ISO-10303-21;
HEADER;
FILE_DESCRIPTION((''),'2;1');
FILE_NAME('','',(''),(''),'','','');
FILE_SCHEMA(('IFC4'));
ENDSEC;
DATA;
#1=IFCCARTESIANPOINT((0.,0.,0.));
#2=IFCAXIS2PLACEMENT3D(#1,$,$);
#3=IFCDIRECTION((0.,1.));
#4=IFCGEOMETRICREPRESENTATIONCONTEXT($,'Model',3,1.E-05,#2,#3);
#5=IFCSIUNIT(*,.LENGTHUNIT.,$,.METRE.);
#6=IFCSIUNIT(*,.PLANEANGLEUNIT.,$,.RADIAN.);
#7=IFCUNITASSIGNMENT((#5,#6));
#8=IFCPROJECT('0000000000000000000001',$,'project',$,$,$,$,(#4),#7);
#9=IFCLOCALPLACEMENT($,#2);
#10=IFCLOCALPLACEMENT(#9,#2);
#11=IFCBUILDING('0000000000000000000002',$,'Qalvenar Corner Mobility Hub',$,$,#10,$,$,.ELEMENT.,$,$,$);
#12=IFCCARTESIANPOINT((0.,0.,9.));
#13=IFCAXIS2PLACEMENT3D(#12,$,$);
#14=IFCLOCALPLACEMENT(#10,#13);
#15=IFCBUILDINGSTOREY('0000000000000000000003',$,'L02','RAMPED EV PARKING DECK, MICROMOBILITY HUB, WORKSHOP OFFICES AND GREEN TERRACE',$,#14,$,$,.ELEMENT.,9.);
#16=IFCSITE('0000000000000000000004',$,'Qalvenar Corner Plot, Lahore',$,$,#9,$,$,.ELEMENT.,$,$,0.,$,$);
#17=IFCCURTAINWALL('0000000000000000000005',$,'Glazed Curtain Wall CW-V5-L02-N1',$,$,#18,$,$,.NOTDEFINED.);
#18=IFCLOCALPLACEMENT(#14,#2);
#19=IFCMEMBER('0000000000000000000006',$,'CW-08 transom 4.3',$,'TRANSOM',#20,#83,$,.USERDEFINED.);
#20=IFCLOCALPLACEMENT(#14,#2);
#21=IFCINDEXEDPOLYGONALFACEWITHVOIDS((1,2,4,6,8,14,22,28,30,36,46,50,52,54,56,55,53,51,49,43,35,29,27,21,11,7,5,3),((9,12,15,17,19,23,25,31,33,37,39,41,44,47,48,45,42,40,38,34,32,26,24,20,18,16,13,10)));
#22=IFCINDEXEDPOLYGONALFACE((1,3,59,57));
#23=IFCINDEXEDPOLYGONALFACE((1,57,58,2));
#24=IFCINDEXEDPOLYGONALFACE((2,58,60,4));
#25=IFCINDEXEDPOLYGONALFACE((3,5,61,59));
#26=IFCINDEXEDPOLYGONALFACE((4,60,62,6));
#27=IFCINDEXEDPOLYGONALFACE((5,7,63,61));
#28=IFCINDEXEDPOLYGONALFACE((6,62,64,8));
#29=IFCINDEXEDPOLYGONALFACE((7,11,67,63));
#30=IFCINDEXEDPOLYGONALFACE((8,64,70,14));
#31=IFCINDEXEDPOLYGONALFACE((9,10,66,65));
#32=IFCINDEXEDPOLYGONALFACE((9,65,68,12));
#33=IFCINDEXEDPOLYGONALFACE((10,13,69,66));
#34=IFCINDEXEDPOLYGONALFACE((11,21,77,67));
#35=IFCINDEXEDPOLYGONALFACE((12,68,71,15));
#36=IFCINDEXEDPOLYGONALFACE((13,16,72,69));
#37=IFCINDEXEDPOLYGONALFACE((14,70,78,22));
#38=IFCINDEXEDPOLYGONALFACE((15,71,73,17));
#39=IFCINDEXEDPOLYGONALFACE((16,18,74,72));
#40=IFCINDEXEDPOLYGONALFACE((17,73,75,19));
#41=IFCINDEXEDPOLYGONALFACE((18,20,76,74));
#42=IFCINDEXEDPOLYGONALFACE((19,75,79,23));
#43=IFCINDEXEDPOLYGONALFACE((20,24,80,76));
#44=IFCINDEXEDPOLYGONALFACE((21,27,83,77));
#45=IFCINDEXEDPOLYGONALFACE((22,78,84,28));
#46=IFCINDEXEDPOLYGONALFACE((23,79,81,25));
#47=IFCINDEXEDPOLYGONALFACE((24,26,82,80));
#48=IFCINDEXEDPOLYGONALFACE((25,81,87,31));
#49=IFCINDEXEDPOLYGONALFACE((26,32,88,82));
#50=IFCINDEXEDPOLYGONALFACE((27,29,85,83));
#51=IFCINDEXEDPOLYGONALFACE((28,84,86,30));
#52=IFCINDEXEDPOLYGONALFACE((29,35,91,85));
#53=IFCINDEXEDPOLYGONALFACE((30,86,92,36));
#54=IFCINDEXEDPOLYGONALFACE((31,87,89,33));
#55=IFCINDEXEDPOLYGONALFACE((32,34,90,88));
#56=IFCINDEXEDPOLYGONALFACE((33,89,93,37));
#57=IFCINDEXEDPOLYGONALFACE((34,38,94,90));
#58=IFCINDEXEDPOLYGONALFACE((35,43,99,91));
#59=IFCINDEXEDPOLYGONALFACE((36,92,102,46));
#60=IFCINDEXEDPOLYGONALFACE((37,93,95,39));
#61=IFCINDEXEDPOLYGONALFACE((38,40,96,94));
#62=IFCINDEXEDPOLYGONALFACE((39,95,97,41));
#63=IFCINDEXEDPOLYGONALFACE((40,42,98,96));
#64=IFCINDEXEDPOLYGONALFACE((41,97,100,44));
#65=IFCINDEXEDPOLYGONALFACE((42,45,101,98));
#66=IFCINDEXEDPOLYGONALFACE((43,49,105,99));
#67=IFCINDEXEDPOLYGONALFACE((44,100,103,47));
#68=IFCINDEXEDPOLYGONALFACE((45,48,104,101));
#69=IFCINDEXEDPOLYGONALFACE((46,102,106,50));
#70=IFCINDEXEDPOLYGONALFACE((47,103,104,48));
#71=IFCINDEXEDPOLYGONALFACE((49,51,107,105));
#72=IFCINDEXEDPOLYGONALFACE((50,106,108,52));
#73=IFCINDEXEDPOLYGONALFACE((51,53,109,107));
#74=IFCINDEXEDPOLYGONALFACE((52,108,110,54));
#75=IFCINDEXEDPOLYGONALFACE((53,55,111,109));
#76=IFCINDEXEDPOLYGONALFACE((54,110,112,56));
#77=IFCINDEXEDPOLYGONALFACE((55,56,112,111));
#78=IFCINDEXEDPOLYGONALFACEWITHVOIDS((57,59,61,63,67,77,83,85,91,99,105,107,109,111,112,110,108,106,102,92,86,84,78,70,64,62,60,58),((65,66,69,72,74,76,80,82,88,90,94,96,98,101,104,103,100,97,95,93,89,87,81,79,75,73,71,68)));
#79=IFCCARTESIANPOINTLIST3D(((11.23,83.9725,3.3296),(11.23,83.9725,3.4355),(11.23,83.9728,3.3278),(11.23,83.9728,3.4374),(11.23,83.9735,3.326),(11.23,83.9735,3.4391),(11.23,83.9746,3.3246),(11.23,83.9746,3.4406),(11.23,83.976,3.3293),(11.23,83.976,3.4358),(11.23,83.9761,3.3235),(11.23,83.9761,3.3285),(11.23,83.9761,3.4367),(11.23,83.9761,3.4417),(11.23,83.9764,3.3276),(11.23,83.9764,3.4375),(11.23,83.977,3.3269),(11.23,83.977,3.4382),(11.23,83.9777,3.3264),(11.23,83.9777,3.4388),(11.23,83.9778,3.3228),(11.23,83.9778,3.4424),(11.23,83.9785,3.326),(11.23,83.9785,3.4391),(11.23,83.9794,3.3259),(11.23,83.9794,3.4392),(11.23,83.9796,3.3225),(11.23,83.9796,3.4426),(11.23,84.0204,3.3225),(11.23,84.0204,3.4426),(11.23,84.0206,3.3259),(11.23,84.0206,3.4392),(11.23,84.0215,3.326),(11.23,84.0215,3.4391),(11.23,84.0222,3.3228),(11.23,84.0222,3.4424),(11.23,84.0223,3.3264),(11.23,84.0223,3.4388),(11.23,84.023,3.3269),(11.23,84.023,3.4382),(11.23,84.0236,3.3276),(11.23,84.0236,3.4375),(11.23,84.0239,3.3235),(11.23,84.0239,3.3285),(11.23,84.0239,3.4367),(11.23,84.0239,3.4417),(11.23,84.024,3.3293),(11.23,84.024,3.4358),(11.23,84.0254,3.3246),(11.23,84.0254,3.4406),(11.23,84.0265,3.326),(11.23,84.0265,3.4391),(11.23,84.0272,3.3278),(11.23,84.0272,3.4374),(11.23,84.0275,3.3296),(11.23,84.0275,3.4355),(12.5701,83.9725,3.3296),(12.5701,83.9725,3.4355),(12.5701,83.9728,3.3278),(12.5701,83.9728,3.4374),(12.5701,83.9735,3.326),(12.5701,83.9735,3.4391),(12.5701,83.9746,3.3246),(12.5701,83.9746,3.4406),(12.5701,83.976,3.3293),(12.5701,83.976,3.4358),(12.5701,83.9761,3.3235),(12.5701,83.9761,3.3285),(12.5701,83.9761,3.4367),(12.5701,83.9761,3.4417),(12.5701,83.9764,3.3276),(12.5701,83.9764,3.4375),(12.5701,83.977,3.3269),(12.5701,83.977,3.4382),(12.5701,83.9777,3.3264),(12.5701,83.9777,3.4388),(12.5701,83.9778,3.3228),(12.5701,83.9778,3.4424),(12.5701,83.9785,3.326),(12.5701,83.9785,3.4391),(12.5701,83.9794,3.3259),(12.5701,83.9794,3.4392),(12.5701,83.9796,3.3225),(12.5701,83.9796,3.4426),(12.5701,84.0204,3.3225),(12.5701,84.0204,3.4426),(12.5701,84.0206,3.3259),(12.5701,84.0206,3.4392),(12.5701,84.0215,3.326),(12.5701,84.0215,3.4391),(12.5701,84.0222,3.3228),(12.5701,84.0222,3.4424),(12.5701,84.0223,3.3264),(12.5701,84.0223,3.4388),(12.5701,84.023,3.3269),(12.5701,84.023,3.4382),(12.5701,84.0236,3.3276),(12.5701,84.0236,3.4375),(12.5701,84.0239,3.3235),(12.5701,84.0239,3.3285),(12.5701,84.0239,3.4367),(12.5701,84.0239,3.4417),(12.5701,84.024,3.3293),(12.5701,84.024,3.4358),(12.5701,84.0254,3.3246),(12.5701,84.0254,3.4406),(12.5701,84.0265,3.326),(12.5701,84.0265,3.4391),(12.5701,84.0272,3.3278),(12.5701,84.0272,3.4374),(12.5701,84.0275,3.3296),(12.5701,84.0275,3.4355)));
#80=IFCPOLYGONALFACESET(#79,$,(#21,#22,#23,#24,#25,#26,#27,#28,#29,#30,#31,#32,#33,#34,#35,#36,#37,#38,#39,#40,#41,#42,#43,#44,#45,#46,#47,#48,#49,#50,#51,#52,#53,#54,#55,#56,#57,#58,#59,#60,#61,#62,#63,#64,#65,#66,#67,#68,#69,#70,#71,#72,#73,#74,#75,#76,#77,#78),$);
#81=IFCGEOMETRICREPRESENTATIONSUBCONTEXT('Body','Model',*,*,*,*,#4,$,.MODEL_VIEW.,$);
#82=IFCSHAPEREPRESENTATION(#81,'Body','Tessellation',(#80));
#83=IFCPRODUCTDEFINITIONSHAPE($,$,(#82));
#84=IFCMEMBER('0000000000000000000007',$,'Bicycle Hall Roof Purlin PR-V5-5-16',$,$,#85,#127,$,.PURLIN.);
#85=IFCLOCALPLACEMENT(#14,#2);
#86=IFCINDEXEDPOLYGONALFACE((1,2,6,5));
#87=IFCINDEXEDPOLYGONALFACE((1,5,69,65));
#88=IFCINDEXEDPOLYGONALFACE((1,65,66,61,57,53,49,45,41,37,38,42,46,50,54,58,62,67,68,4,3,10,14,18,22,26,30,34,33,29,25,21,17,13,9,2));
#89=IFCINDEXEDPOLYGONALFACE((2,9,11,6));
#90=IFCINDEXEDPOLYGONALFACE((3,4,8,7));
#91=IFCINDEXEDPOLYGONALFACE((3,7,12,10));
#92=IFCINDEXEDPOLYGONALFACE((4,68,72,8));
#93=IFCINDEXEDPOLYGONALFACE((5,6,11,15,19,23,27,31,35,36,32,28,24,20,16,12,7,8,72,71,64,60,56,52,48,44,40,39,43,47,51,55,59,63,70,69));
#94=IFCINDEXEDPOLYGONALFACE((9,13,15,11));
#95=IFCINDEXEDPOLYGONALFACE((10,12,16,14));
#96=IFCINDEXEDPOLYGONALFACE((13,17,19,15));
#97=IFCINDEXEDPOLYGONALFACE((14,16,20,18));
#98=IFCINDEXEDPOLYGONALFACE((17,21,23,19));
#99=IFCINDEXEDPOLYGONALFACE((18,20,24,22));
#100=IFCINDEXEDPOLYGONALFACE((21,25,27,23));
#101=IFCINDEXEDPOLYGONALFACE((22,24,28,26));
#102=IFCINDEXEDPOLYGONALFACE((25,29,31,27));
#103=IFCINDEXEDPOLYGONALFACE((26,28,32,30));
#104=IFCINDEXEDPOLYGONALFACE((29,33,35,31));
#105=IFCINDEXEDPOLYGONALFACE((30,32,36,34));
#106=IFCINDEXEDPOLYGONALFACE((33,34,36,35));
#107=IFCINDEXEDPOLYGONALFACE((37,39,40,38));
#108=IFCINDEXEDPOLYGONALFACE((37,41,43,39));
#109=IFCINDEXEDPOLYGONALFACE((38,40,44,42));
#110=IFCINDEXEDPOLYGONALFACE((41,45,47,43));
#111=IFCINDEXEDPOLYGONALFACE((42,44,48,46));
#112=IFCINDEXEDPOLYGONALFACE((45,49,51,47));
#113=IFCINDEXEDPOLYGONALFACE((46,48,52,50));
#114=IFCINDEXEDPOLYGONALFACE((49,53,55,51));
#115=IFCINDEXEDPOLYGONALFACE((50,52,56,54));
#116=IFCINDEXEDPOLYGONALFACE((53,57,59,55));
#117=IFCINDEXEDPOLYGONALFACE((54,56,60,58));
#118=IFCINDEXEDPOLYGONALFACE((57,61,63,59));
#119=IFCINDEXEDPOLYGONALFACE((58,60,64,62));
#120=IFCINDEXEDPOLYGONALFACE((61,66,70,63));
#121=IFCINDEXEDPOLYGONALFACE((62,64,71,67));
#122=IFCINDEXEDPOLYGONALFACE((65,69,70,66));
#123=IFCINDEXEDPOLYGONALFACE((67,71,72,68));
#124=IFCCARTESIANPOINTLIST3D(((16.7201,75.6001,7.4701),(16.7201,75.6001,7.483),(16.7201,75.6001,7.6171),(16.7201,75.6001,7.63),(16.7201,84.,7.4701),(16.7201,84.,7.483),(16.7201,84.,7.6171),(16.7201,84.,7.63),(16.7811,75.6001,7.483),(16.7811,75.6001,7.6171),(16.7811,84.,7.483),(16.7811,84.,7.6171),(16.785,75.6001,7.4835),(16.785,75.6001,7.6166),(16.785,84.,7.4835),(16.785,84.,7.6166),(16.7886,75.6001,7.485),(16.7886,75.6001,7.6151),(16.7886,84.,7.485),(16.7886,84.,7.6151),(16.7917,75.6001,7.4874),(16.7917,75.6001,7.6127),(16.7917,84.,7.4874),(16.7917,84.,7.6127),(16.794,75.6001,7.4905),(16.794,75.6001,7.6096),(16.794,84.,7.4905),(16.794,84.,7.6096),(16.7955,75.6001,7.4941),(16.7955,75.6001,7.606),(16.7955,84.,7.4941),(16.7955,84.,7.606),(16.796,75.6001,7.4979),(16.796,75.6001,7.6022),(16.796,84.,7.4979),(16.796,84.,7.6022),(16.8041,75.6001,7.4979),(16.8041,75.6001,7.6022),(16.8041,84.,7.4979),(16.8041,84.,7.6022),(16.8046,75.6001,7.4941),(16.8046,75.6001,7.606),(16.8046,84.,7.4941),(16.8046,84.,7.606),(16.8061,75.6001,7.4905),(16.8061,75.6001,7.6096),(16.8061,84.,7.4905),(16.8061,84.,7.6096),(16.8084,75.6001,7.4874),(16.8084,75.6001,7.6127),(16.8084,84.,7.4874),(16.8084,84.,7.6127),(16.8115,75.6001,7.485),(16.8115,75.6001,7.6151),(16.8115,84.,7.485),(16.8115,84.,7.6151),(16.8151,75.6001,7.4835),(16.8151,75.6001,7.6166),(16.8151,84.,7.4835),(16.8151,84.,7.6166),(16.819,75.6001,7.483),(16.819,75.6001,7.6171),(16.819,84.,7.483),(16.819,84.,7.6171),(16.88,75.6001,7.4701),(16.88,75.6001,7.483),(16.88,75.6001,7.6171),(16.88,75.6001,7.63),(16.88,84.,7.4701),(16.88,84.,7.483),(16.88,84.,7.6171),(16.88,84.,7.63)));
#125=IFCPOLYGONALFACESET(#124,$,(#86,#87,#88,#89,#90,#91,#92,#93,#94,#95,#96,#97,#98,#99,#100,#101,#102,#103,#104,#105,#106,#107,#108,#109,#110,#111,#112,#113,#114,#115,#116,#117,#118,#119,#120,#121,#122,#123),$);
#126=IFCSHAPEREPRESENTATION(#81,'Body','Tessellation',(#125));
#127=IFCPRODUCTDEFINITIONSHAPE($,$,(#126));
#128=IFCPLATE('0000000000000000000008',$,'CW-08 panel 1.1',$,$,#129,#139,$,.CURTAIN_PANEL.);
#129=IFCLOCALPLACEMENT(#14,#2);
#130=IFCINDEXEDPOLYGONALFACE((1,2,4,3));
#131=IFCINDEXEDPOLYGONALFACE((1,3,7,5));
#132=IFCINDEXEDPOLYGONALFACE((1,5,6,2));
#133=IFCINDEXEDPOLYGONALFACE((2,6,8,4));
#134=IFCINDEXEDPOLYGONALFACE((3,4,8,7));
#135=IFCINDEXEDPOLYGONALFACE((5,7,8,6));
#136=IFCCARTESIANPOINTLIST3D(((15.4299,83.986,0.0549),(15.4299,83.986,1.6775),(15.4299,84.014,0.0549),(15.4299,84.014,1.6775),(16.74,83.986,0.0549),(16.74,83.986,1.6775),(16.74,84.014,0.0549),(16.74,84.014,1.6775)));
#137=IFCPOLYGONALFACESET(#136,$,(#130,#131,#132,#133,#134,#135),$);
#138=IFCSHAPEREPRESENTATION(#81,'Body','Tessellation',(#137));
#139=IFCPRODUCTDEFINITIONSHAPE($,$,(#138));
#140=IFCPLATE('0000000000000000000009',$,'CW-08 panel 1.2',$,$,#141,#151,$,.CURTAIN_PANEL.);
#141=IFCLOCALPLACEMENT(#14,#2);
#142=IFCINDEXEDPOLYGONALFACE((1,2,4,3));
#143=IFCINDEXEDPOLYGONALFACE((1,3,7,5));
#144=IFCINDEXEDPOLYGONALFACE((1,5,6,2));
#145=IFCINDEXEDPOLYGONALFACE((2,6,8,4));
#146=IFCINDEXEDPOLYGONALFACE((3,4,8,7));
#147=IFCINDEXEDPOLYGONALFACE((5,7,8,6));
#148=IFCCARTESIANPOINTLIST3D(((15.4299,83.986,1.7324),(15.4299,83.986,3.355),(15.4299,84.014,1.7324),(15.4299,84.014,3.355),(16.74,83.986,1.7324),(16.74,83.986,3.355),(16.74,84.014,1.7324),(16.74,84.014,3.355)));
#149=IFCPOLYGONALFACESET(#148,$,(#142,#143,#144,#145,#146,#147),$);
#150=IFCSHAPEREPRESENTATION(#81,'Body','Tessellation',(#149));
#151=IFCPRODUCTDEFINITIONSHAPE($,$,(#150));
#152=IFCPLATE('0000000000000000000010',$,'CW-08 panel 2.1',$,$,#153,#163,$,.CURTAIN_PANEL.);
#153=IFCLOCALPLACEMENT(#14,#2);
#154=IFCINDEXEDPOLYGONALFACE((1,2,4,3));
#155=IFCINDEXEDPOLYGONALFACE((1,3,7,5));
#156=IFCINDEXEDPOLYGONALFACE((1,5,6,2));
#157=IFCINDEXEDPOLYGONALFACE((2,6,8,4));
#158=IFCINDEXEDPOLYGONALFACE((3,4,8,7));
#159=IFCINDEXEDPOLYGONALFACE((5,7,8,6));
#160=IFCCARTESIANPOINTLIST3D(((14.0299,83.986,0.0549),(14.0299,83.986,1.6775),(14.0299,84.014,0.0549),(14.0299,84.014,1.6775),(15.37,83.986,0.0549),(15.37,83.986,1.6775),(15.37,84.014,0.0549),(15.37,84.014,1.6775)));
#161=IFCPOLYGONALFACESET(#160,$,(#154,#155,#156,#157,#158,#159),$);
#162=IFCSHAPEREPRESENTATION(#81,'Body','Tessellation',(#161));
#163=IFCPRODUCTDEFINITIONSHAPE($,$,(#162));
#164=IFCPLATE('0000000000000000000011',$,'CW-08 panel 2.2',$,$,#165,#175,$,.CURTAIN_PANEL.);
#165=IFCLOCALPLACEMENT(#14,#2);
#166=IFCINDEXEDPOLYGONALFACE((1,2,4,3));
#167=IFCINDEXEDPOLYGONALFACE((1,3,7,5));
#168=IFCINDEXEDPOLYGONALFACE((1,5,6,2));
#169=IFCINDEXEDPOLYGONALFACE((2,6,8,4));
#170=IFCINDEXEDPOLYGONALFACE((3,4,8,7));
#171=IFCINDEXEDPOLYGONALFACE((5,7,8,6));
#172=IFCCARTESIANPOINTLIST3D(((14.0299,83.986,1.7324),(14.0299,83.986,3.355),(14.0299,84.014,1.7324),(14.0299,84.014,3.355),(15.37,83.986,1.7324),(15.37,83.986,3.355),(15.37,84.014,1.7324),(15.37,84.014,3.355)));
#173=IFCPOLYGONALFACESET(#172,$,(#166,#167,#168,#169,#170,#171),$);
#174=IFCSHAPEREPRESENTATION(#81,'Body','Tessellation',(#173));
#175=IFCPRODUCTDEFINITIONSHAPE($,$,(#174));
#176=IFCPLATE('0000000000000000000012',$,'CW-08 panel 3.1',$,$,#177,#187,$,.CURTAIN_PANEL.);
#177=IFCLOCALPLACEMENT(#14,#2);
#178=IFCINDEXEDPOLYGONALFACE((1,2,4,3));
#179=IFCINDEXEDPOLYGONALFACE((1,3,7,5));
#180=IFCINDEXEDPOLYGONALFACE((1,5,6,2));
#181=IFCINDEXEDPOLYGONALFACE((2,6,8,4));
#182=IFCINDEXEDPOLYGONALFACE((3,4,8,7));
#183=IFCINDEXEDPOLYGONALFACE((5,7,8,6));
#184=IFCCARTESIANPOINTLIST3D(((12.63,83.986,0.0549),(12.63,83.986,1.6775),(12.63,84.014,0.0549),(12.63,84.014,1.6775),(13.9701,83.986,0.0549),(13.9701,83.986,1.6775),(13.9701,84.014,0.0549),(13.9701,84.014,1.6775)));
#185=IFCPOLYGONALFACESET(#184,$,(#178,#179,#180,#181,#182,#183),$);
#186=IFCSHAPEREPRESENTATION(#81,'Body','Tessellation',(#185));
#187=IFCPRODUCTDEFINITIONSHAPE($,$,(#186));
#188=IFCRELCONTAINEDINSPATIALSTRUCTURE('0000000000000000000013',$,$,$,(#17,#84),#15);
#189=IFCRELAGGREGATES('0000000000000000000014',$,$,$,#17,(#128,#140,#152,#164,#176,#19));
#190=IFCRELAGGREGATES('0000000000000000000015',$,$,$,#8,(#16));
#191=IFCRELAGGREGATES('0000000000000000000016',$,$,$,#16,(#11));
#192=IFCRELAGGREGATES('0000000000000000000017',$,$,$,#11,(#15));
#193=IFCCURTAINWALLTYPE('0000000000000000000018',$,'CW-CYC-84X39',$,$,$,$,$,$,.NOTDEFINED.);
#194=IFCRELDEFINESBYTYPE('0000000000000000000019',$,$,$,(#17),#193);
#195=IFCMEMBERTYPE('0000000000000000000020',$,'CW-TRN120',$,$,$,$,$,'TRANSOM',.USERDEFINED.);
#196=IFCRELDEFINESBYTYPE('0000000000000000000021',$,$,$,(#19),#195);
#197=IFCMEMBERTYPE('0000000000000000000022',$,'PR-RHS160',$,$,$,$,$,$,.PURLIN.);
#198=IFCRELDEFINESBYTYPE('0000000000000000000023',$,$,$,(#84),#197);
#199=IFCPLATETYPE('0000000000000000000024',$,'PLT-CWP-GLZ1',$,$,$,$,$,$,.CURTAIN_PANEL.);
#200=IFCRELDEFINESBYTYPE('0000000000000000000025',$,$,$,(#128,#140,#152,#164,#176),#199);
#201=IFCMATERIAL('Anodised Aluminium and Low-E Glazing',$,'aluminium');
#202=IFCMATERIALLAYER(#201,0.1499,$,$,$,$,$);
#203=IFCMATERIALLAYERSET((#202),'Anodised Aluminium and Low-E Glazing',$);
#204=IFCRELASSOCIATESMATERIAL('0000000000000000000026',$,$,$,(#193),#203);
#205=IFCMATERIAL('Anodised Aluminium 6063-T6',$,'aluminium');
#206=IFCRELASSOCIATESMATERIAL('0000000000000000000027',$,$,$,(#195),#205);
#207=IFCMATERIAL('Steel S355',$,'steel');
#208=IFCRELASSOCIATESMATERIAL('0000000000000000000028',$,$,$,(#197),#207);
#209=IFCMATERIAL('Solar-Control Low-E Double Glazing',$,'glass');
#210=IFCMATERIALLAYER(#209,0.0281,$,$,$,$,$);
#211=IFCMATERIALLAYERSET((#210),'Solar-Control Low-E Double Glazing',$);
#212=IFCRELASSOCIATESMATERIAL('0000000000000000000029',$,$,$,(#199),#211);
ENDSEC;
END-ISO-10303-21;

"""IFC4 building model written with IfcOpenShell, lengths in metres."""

from ifc_helpers import new_model, si_unit, direction, frame, origin, origin_2d, place, context, subcontext, project, spatial, rectangle, hollow_rectangle, i_section, extrude, material, layer, layer_set, material_profile, profile_set, type_object, element, aggregate, save


model = new_model("IFC4")

# Units and contexts
model_context = context("Model", 3, precision=1e-05, world=origin(), true_north=direction((0.0, 1.0)))
body_context = subcontext(model_context, "Body", "Model", "MODEL_VIEW")
ifc_project = project(units=[si_unit("LENGTHUNIT", "METRE"), si_unit("PLANEANGLEUNIT", "RADIAN")], contexts=[model_context])

# Site, building, storey
site_placement = place(None, origin())
site = spatial("IfcSite", under=ifc_project, at=site_placement, Name="Qalvenar Corner Plot, Lahore", CompositionType="ELEMENT", RefElevation=0.0)
building_placement = place(site_placement, origin())
building = spatial("IfcBuilding", under=site, at=building_placement, Name="Qalvenar Corner Mobility Hub", CompositionType="ELEMENT")
storey_placement = place(building_placement, frame((0.0, 0.0, 9.0)))
storey = spatial("IfcBuildingStorey", under=building, at=storey_placement, Name="L02", Description="RAMPED EV PARKING DECK, MICROMOBILITY HUB, WORKSHOP OFFICES AND GREEN TERRACE", CompositionType="ELEMENT", Elevation=9.0)

# Shared definitions
ifc_material_1 = material(Name="Steel S355", Category="steel")

# Curtain wall, member
ifc_material_2 = material(Name="Anodised Aluminium and Low-E Glazing", Category="aluminium")
ifc_layer_1 = layer(ifc_material_2, 0.1499)
ifc_layer_set_1 = layer_set([ifc_layer_1], Name="Anodised Aluminium and Low-E Glazing")
curtain_wall_type = type_object("IfcCurtainWallType", Name="CW-CYC-84X39", PredefinedType="NOTDEFINED", material=ifc_layer_set_1)
curtain_wall_placement = place(storey_placement, origin())
curtain_wall = element("IfcCurtainWall", 1, at=curtain_wall_placement, inside=storey, type_object=curtain_wall_type, Name="Glazed Curtain Wall CW-V5-L02-N1", PredefinedType="NOTDEFINED")
ifc_material_3 = material(Name="Anodised Aluminium 6063-T6", Category="aluminium")
ifc_material_profile_1 = material_profile(ifc_material_3, hollow_rectangle(XDim=0.0549, YDim=0.1201, WallThickness=0.0034, InnerFilletRadius=0.0034, OuterFilletRadius=0.0071, at=origin_2d()), Name="RHS120x55x3.5")
ifc_profile_set_1 = profile_set([ifc_material_profile_1], Name="Anodised Aluminium 6063-T6")
member_type_1 = type_object("IfcMemberType", Name="CW-TRN120", ElementType="TRANSOM", PredefinedType="USERDEFINED", material=ifc_profile_set_1)
member_1_placement = place(storey_placement, frame((12.5701, 84.0, 3.3826), z_axis=(-1.0, 0.0, 0.0), x_axis=(0.0, -1.0, 0.0)))
member_1 = element("IfcMember", 2, at=member_1_placement, type_object=member_type_1, Name="CW-08 transom 4.3", ObjectType="TRANSOM", PredefinedType="USERDEFINED", context=body_context, shape_type="SweptSolid", body=[
    extrude(hollow_rectangle(XDim=0.0549, YDim=0.1201, WallThickness=0.0034, InnerFilletRadius=0.0034, OuterFilletRadius=0.0071, at=origin_2d()), origin(), (0.0, 0.0, 1.0), 1.3401),
])

# Member
ifc_material_profile_2 = material_profile(ifc_material_1, i_section(OverallWidth=0.1599, OverallDepth=0.1599, WebThickness=0.0081, FlangeThickness=0.0129, FilletRadius=0.0149, at=origin_2d()), Name="HEB160")
ifc_profile_set_2 = profile_set([ifc_material_profile_2], Name="Steel S355")
member_type_2 = type_object("IfcMemberType", Name="PR-RHS160", PredefinedType="PURLIN", material=ifc_profile_set_2)
member_2_placement = place(storey_placement, frame((16.8, 75.6001, 7.55), z_axis=(0.0, 1.0, 0.0), x_axis=(-1.0, 0.0, 0.0)))
element("IfcMember", 3, at=member_2_placement, inside=storey, type_object=member_type_2, Name="Bicycle Hall Roof Purlin PR-V5-5-16", PredefinedType="PURLIN", context=body_context, shape_type="SweptSolid", body=[
    extrude(i_section(OverallWidth=0.1599, OverallDepth=0.1599, WebThickness=0.0081, FlangeThickness=0.0129, FilletRadius=0.0149, at=origin_2d()), origin(), (0.0, 0.0, 1.0), 8.3999),
])

# Plates
ifc_material_4 = material(Name="Solar-Control Low-E Double Glazing", Category="glass")
ifc_layer_2 = layer(ifc_material_4, 0.0281)
ifc_layer_set_2 = layer_set([ifc_layer_2], Name="Solar-Control Low-E Double Glazing")
plate_type = type_object("IfcPlateType", Name="PLT-CWP-GLZ1", PredefinedType="CURTAIN_PANEL", material=ifc_layer_set_2)
plate_1_placement = place(storey_placement, frame((16.085, 84.0, 0.0549), z_axis=(0.0, 0.0, 1.0), x_axis=(-1.0, 0.0, 0.0)))
plate_1 = element("IfcPlate", 4, at=plate_1_placement, type_object=plate_type, Name="CW-08 panel 1.1", PredefinedType="CURTAIN_PANEL", context=body_context, shape_type="SweptSolid", body=[
    extrude(rectangle(XDim=1.3101, YDim=0.0281, at=origin_2d()), origin(), (0.0, 0.0, 1.0), 1.6226),
])
plate_2_placement = place(storey_placement, frame((16.085, 84.0, 1.7324), z_axis=(0.0, 0.0, 1.0), x_axis=(-1.0, 0.0, 0.0)))
plate_2 = element("IfcPlate", 5, at=plate_2_placement, type_object=plate_type, Name="CW-08 panel 1.2", PredefinedType="CURTAIN_PANEL", context=body_context, shape_type="SweptSolid", body=[
    extrude(rectangle(XDim=1.3101, YDim=0.0281, at=origin_2d()), origin(), (0.0, 0.0, 1.0), 1.6226),
])
plate_3_placement = place(storey_placement, frame((14.7, 84.0, 0.0549), z_axis=(0.0, 0.0, 1.0), x_axis=(-1.0, 0.0, 0.0)))
plate_3 = element("IfcPlate", 6, at=plate_3_placement, type_object=plate_type, Name="CW-08 panel 2.1", PredefinedType="CURTAIN_PANEL", context=body_context, shape_type="SweptSolid", body=[
    extrude(rectangle(XDim=1.3401, YDim=0.0281, at=origin_2d()), origin(), (0.0, 0.0, 1.0), 1.6226),
])
plate_4_placement = place(storey_placement, frame((14.7, 84.0, 1.7324), z_axis=(0.0, 0.0, 1.0), x_axis=(-1.0, 0.0, 0.0)))
plate_4 = element("IfcPlate", 7, at=plate_4_placement, type_object=plate_type, Name="CW-08 panel 2.2", PredefinedType="CURTAIN_PANEL", context=body_context, shape_type="SweptSolid", body=[
    extrude(rectangle(XDim=1.3401, YDim=0.0281, at=origin_2d()), origin(), (0.0, 0.0, 1.0), 1.6226),
])
plate_5_placement = place(storey_placement, frame((13.3, 84.0, 0.0549), z_axis=(0.0, 0.0, 1.0), x_axis=(-1.0, 0.0, 0.0)))
plate_5 = element("IfcPlate", 8, at=plate_5_placement, type_object=plate_type, Name="CW-08 panel 3.1", PredefinedType="CURTAIN_PANEL", context=body_context, shape_type="SweptSolid", body=[
    extrude(rectangle(XDim=1.3401, YDim=0.0281, at=origin_2d()), origin(), (0.0, 0.0, 1.0), 1.6226),
])
aggregate(curtain_wall, [plate_1, plate_2, plate_3, plate_4, plate_5, member_1])

save(model, "model.ifc")
